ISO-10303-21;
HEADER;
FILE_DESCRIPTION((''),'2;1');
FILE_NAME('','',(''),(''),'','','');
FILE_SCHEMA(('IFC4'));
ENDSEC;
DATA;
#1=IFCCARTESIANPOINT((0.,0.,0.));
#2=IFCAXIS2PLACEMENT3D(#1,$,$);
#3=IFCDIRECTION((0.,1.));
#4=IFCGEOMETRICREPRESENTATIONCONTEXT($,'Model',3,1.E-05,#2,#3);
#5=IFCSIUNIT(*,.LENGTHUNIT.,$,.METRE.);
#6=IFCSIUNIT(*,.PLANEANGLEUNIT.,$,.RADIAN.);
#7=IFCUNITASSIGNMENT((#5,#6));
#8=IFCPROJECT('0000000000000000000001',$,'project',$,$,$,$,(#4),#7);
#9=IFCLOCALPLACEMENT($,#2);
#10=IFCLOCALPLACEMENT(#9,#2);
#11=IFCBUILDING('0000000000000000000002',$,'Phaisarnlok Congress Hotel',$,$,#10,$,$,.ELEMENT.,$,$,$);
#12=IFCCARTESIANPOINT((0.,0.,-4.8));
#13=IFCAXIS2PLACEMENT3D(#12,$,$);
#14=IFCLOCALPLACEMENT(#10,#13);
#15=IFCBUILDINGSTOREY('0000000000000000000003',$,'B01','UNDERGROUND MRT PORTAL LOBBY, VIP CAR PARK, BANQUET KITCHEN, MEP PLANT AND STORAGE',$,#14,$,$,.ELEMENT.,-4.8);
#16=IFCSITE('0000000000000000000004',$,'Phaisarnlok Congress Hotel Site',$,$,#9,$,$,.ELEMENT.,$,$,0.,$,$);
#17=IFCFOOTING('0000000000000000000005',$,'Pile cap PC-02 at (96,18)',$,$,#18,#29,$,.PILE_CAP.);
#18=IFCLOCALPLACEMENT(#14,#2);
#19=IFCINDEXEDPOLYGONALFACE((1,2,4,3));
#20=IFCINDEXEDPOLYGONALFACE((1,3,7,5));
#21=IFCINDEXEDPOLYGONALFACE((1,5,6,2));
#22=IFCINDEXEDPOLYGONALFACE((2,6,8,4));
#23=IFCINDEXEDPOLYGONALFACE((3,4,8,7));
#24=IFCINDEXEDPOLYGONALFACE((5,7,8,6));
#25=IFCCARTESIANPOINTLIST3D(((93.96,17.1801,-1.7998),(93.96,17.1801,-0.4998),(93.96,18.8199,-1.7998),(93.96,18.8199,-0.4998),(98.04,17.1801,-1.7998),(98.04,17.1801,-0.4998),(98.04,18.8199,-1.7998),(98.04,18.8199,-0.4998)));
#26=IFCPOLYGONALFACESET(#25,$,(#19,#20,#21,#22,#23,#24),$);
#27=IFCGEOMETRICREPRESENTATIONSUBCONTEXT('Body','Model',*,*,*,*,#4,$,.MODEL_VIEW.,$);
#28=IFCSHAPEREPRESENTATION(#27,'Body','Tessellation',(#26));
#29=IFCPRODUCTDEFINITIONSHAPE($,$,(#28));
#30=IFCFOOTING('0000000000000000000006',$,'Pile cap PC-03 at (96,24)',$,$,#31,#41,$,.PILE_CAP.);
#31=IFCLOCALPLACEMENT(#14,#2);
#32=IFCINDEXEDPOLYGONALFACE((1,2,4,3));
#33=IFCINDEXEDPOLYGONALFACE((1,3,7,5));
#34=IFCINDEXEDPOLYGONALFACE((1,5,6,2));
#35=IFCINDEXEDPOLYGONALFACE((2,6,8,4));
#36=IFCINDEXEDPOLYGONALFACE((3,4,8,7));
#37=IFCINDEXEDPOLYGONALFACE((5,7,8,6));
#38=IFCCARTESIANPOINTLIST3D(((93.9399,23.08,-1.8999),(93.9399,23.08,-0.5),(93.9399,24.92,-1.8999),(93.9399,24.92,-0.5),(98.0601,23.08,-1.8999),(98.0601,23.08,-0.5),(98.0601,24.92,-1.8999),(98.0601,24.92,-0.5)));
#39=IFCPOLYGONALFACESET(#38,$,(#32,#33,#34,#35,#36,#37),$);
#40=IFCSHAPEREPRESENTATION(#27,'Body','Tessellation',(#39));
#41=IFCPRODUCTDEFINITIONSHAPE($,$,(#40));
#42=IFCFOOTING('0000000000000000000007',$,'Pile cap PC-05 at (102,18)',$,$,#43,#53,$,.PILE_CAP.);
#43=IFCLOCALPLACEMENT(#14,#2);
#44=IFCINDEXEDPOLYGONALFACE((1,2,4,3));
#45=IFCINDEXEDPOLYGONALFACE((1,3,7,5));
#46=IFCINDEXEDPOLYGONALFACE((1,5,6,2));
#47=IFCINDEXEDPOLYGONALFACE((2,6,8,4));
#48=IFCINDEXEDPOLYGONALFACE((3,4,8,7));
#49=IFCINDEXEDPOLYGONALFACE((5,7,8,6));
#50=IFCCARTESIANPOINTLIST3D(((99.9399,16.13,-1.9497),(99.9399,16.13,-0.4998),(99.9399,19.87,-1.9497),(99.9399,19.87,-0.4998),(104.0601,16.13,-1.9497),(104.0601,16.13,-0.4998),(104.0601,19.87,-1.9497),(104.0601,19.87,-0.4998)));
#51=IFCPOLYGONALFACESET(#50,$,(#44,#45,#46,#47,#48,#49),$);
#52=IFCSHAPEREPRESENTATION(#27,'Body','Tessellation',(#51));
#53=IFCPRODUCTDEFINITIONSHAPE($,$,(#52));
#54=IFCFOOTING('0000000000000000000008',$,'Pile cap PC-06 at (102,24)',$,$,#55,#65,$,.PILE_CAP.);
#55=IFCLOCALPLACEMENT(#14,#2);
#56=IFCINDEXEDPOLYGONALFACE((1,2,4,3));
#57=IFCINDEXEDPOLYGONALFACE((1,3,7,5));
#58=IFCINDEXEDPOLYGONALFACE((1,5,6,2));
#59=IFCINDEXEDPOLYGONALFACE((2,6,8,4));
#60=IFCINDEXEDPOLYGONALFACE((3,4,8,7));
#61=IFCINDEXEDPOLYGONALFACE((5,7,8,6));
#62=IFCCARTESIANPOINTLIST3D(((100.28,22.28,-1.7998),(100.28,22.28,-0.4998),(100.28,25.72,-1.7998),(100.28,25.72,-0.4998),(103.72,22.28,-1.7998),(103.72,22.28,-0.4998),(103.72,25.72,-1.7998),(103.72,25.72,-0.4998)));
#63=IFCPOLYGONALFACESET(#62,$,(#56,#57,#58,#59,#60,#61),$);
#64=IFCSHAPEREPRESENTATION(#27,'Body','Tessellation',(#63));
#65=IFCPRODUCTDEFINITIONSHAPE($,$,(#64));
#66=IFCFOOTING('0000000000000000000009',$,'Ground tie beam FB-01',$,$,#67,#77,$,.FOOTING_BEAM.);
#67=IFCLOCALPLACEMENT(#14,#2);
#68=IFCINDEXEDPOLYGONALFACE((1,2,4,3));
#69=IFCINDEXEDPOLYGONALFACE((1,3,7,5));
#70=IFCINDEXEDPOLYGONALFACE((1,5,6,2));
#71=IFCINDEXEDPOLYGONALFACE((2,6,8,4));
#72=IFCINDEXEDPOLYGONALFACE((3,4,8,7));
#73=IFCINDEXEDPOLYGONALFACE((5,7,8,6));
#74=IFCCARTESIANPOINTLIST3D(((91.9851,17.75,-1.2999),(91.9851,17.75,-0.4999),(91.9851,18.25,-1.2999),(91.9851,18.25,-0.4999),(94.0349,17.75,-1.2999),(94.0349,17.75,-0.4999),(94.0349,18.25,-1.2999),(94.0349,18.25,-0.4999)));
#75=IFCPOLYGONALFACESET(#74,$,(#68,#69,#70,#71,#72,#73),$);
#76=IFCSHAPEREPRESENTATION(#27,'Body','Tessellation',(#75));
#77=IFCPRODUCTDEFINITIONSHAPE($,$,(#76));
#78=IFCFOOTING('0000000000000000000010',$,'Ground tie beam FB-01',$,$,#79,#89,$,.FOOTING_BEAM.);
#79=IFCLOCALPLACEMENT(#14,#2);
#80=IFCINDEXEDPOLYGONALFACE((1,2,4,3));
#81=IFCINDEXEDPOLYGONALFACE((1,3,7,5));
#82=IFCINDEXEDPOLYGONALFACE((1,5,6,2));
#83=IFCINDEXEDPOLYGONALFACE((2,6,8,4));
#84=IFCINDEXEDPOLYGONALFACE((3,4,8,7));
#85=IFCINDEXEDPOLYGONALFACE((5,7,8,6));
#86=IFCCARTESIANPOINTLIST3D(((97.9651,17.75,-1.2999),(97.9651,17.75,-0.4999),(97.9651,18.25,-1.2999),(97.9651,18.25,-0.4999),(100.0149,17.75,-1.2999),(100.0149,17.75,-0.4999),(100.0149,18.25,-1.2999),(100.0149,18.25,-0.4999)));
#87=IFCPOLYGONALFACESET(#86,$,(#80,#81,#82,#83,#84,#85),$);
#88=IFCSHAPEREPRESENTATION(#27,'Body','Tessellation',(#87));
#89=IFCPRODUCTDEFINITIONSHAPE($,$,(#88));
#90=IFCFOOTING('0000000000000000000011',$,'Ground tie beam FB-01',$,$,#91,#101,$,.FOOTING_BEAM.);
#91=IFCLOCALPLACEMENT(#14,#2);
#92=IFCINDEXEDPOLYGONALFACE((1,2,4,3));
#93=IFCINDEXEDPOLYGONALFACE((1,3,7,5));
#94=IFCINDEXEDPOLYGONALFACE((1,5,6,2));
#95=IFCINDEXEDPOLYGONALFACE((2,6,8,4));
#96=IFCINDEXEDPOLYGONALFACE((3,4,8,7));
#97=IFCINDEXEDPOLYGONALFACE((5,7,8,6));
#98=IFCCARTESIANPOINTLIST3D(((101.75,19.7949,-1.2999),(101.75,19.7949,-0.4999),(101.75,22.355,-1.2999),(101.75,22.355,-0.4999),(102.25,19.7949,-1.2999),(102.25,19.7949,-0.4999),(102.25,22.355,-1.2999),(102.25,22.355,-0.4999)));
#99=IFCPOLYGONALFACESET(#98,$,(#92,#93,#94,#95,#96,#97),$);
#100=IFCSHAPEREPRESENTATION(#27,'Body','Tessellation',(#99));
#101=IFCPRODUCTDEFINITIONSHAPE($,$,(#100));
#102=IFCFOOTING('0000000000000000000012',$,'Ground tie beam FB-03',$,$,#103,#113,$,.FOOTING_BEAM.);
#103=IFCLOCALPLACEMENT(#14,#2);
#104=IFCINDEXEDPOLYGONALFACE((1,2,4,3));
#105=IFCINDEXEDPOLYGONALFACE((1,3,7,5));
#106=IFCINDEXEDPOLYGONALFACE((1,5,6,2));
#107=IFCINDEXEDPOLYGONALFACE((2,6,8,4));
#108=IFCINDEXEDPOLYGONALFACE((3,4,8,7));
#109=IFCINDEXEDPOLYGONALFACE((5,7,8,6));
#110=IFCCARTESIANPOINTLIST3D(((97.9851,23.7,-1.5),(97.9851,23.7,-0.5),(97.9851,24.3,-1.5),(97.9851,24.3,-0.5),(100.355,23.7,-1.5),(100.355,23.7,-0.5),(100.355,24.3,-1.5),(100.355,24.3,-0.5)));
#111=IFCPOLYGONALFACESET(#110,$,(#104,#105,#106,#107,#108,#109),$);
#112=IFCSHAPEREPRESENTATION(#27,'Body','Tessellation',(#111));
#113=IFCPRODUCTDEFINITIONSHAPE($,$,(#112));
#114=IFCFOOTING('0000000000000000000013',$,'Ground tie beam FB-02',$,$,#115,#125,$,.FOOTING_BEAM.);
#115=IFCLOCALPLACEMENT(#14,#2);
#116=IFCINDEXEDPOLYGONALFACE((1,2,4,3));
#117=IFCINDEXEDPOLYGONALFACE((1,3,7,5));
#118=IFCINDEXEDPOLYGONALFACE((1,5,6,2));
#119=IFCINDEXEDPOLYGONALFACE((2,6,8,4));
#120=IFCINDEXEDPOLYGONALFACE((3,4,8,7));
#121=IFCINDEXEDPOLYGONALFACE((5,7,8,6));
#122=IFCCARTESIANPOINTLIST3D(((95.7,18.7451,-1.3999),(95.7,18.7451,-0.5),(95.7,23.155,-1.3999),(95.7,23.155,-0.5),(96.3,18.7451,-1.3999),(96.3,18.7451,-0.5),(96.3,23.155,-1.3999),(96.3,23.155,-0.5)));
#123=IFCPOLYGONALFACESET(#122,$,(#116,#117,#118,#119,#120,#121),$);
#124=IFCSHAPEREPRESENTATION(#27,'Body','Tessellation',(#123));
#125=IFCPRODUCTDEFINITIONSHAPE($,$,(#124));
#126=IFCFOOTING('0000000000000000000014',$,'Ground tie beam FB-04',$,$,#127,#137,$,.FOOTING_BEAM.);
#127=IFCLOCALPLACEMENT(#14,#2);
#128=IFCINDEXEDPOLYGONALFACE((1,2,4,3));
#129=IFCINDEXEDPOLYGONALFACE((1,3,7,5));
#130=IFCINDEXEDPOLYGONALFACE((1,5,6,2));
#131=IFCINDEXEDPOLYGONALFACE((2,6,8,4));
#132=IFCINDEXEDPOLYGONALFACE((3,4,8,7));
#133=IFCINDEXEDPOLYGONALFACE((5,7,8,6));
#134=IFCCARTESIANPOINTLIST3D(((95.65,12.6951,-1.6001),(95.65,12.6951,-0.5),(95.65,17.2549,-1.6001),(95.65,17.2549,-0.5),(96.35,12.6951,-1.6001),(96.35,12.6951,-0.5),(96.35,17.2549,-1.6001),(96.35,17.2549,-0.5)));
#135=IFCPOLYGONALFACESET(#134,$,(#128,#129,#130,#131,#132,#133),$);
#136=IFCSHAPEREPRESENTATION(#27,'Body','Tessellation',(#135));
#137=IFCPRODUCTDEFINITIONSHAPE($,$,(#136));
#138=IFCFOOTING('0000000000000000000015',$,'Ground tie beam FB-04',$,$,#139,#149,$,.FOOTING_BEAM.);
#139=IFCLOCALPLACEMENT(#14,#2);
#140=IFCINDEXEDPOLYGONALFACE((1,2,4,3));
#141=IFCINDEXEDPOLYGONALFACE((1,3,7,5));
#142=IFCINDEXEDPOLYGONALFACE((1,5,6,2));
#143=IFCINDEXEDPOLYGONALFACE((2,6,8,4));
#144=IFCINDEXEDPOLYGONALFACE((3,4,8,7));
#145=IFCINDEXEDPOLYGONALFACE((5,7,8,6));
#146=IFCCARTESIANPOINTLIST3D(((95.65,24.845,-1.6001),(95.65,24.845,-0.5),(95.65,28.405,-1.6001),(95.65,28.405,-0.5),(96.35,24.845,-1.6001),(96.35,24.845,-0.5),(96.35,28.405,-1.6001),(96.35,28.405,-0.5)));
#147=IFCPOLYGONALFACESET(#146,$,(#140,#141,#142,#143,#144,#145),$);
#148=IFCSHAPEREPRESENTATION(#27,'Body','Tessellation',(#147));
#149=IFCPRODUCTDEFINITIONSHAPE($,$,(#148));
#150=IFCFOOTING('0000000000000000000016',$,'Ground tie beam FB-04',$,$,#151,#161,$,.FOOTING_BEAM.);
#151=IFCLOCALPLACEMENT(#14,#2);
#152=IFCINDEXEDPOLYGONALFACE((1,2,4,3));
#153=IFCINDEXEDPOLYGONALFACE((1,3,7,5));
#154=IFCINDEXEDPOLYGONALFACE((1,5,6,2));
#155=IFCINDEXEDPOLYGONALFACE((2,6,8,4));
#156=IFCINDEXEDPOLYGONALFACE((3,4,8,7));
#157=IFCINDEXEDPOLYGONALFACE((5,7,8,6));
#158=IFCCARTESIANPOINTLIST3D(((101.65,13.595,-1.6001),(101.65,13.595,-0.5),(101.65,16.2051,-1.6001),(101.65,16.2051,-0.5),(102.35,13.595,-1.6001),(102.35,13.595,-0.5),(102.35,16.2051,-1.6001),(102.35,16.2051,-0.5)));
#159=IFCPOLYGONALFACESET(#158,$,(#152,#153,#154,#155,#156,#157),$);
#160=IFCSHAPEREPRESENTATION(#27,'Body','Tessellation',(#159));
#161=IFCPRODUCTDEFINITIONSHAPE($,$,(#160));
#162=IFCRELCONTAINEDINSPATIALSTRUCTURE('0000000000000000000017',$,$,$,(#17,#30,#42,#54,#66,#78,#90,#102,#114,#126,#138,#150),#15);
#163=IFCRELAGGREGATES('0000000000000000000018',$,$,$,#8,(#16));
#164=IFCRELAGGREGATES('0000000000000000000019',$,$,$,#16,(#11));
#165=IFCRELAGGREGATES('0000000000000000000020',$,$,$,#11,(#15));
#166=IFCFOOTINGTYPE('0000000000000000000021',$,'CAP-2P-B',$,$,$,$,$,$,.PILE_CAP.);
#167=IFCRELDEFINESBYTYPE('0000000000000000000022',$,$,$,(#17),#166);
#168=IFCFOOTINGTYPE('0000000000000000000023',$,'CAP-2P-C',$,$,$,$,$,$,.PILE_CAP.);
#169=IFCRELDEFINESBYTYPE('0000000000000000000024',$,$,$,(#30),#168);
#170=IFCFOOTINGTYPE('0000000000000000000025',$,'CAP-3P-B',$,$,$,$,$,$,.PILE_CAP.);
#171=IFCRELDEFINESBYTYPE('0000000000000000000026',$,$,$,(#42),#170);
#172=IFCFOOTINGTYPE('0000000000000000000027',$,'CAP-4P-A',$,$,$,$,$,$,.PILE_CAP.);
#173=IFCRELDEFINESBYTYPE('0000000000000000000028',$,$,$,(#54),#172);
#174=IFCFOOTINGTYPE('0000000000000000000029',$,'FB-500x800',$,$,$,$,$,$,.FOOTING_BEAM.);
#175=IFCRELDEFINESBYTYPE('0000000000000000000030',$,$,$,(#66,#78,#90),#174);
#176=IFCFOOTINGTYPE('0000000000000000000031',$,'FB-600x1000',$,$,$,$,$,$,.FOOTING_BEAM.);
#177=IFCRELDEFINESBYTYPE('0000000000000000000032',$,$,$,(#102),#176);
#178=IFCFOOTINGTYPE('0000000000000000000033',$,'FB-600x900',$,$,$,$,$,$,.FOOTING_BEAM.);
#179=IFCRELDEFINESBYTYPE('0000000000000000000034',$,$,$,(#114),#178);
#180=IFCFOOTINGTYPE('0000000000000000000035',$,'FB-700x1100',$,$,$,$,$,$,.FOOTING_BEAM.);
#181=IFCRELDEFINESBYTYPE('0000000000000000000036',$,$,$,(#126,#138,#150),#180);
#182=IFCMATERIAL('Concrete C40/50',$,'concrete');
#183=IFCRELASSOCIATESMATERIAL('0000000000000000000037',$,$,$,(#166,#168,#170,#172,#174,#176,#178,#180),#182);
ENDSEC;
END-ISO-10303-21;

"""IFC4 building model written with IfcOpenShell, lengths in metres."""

from ifc_helpers import new_model, si_unit, direction, frame, origin, origin_2d, place, context, subcontext, project, spatial, rectangle, extrude, material, material_profile, profile_set, type_object, element, save


model = new_model("IFC4")

# Units and contexts
model_context = context("Model", 3, precision=1e-05, world=origin(), true_north=direction((0.0, 1.0)))
body_context = subcontext(model_context, "Body", "Model", "MODEL_VIEW")
ifc_project = project(units=[si_unit("LENGTHUNIT", "METRE"), si_unit("PLANEANGLEUNIT", "RADIAN")], contexts=[model_context])

# Site, building, storey
site_placement = place(None, origin())
site = spatial("IfcSite", under=ifc_project, at=site_placement, Name="Phaisarnlok Congress Hotel Site", CompositionType="ELEMENT", RefElevation=0.0)
building_placement = place(site_placement, origin())
building = spatial("IfcBuilding", under=site, at=building_placement, Name="Phaisarnlok Congress Hotel", CompositionType="ELEMENT")
storey_placement = place(building_placement, frame((0.0, 0.0, -4.8)))
storey = spatial("IfcBuildingStorey", under=building, at=storey_placement, Name="B01", Description="UNDERGROUND MRT PORTAL LOBBY, VIP CAR PARK, BANQUET KITCHEN, MEP PLANT AND STORAGE", CompositionType="ELEMENT", Elevation=-4.8)

# Footings
ifc_material_1 = material(Name="Concrete C40/50", Category="concrete")
footing_type_1 = type_object("IfcFootingType", Name="CAP-2P-B", PredefinedType="PILE_CAP", material=ifc_material_1)
footing_1_placement = place(storey_placement, frame((96.0, 18.0, -1.7998), z_axis=(0.0, 0.0, 1.0), x_axis=(1.0, 0.0, 0.0)))
element("IfcFooting", 1, at=footing_1_placement, inside=storey, type_object=footing_type_1, Name="Pile cap PC-02 at (96,18)", PredefinedType="PILE_CAP", context=body_context, shape_type="SweptSolid", body=[
    extrude(rectangle(XDim=4.0801, YDim=1.6399, at=origin_2d()), origin(), (0.0, 0.0, 1.0), 1.3),
])
footing_type_2 = type_object("IfcFootingType", Name="CAP-2P-C", PredefinedType="PILE_CAP", material=ifc_material_1)
footing_2_placement = place(storey_placement, frame((96.0, 24.0, -1.8999), z_axis=(0.0, 0.0, 1.0), x_axis=(1.0, 0.0, 0.0)))
element("IfcFooting", 2, at=footing_2_placement, inside=storey, type_object=footing_type_2, Name="Pile cap PC-03 at (96,24)", PredefinedType="PILE_CAP", context=body_context, shape_type="SweptSolid", body=[
    extrude(rectangle(XDim=4.1201, YDim=1.8401, at=origin_2d()), origin(), (0.0, 0.0, 1.0), 1.3999),
])
footing_type_3 = type_object("IfcFootingType", Name="CAP-3P-B", PredefinedType="PILE_CAP", material=ifc_material_1)
footing_3_placement = place(storey_placement, frame((102.0, 18.0, -1.9497), z_axis=(0.0, 0.0, 1.0), x_axis=(1.0, 0.0, 0.0)))
element("IfcFooting", 3, at=footing_3_placement, inside=storey, type_object=footing_type_3, Name="Pile cap PC-05 at (102,18)", PredefinedType="PILE_CAP", context=body_context, shape_type="SweptSolid", body=[
    extrude(rectangle(XDim=4.1201, YDim=3.74, at=origin_2d()), origin(), (0.0, 0.0, 1.0), 1.45),
])
footing_type_4 = type_object("IfcFootingType", Name="CAP-4P-A", PredefinedType="PILE_CAP", material=ifc_material_1)
footing_4_placement = place(storey_placement, frame((102.0, 24.0, -1.7998), z_axis=(0.0, 0.0, 1.0), x_axis=(1.0, 0.0, 0.0)))
element("IfcFooting", 4, at=footing_4_placement, inside=storey, type_object=footing_type_4, Name="Pile cap PC-06 at (102,24)", PredefinedType="PILE_CAP", context=body_context, shape_type="SweptSolid", body=[
    extrude(rectangle(XDim=3.4399, YDim=3.4399, at=origin_2d()), origin(), (0.0, 0.0, 1.0), 1.3),
])
ifc_material_profile_1 = material_profile(ifc_material_1, rectangle(XDim=0.5, YDim=0.8, at=origin_2d()), Name="FB-500x800")
ifc_profile_set_1 = profile_set([ifc_material_profile_1], Name="Concrete C40/50")
footing_type_5 = type_object("IfcFootingType", Name="FB-500x800", PredefinedType="FOOTING_BEAM", material=ifc_profile_set_1)
for number, where, z_axis, x_axis, name in (
    (5, (91.9851, 18.0, -0.8999), (1.0, 0.0, 0.0), (0.0, 1.0, 0.0), "Ground tie beam FB-01"),
    (6, (97.9651, 18.0, -0.8999), (1.0, 0.0, 0.0), (0.0, 1.0, 0.0), "Ground tie beam FB-01"),
):
    element("IfcFooting", number, at=place(storey_placement, frame(where, z_axis=z_axis, x_axis=x_axis)), inside=storey, type_object=footing_type_5, Name=name, PredefinedType="FOOTING_BEAM", context=body_context, shape_type="SweptSolid", body=[
        extrude(rectangle(XDim=0.5, YDim=0.8, at=origin_2d()), origin(), (0.0, 0.0, 1.0), 2.0498),
    ])
footing_5_placement = place(storey_placement, frame((102.0, 19.7949, -0.8999), z_axis=(0.0, 1.0, 0.0), x_axis=(-1.0, 0.0, 0.0)))
element("IfcFooting", 7, at=footing_5_placement, inside=storey, type_object=footing_type_5, Name="Ground tie beam FB-01", PredefinedType="FOOTING_BEAM", context=body_context, shape_type="SweptSolid", body=[
    extrude(rectangle(XDim=0.5, YDim=0.8, at=origin_2d()), origin(), (0.0, 0.0, 1.0), 2.5601),
])
ifc_material_profile_2 = material_profile(ifc_material_1, rectangle(XDim=0.6001, YDim=1.0, at=origin_2d()), Name="FB-600x1000")
ifc_profile_set_2 = profile_set([ifc_material_profile_2], Name="Concrete C40/50")
footing_type_6 = type_object("IfcFootingType", Name="FB-600x1000", PredefinedType="FOOTING_BEAM", material=ifc_profile_set_2)
footing_6_placement = place(storey_placement, frame((97.9851, 24.0, -1.0), z_axis=(1.0, 0.0, 0.0), x_axis=(0.0, 1.0, 0.0)))
element("IfcFooting", 8, at=footing_6_placement, inside=storey, type_object=footing_type_6, Name="Ground tie beam FB-03", PredefinedType="FOOTING_BEAM", context=body_context, shape_type="SweptSolid", body=[
    extrude(rectangle(XDim=0.6001, YDim=1.0, at=origin_2d()), origin(), (0.0, 0.0, 1.0), 2.3699),
])
ifc_material_profile_3 = material_profile(ifc_material_1, rectangle(XDim=0.6001, YDim=0.8999, at=origin_2d()), Name="FB-600x900")
ifc_profile_set_3 = profile_set([ifc_material_profile_3], Name="Concrete C40/50")
footing_type_7 = type_object("IfcFootingType", Name="FB-600x900", PredefinedType="FOOTING_BEAM", material=ifc_profile_set_3)
footing_7_placement = place(storey_placement, frame((96.0, 18.7451, -0.95), z_axis=(0.0, 1.0, 0.0), x_axis=(-1.0, 0.0, 0.0)))
element("IfcFooting", 9, at=footing_7_placement, inside=storey, type_object=footing_type_7, Name="Ground tie beam FB-02", PredefinedType="FOOTING_BEAM", context=body_context, shape_type="SweptSolid", body=[
    extrude(rectangle(XDim=0.6001, YDim=0.8999, at=origin_2d()), origin(), (0.0, 0.0, 1.0), 4.4099),
])
ifc_material_profile_4 = material_profile(ifc_material_1, rectangle(XDim=0.7, YDim=1.1001, at=origin_2d()), Name="FB-700x1100")
ifc_profile_set_4 = profile_set([ifc_material_profile_4], Name="Concrete C40/50")
footing_type_8 = type_object("IfcFootingType", Name="FB-700x1100", PredefinedType="FOOTING_BEAM", material=ifc_profile_set_4)
footing_8_placement = place(storey_placement, frame((96.0, 12.6951, -1.05), z_axis=(0.0, 1.0, 0.0), x_axis=(-1.0, 0.0, 0.0)))
element("IfcFooting", 10, at=footing_8_placement, inside=storey, type_object=footing_type_8, Name="Ground tie beam FB-04", PredefinedType="FOOTING_BEAM", context=body_context, shape_type="SweptSolid", body=[
    extrude(rectangle(XDim=0.7, YDim=1.1001, at=origin_2d()), origin(), (0.0, 0.0, 1.0), 4.5598),
])
footing_9_placement = place(storey_placement, frame((96.0, 24.845, -1.05), z_axis=(0.0, 1.0, 0.0), x_axis=(-1.0, 0.0, 0.0)))
element("IfcFooting", 11, at=footing_9_placement, inside=storey, type_object=footing_type_8, Name="Ground tie beam FB-04", PredefinedType="FOOTING_BEAM", context=body_context, shape_type="SweptSolid", body=[
    extrude(rectangle(XDim=0.7, YDim=1.1001, at=origin_2d()), origin(), (0.0, 0.0, 1.0), 3.5601),
])
footing_10_placement = place(storey_placement, frame((102.0, 13.595, -1.05), z_axis=(0.0, 1.0, 0.0), x_axis=(-1.0, 0.0, 0.0)))
element("IfcFooting", 12, at=footing_10_placement, inside=storey, type_object=footing_type_8, Name="Ground tie beam FB-04", PredefinedType="FOOTING_BEAM", context=body_context, shape_type="SweptSolid", body=[
    extrude(rectangle(XDim=0.7, YDim=1.1001, at=origin_2d()), origin(), (0.0, 0.0, 1.0), 2.6101),
])

save(model, "model.ifc")
